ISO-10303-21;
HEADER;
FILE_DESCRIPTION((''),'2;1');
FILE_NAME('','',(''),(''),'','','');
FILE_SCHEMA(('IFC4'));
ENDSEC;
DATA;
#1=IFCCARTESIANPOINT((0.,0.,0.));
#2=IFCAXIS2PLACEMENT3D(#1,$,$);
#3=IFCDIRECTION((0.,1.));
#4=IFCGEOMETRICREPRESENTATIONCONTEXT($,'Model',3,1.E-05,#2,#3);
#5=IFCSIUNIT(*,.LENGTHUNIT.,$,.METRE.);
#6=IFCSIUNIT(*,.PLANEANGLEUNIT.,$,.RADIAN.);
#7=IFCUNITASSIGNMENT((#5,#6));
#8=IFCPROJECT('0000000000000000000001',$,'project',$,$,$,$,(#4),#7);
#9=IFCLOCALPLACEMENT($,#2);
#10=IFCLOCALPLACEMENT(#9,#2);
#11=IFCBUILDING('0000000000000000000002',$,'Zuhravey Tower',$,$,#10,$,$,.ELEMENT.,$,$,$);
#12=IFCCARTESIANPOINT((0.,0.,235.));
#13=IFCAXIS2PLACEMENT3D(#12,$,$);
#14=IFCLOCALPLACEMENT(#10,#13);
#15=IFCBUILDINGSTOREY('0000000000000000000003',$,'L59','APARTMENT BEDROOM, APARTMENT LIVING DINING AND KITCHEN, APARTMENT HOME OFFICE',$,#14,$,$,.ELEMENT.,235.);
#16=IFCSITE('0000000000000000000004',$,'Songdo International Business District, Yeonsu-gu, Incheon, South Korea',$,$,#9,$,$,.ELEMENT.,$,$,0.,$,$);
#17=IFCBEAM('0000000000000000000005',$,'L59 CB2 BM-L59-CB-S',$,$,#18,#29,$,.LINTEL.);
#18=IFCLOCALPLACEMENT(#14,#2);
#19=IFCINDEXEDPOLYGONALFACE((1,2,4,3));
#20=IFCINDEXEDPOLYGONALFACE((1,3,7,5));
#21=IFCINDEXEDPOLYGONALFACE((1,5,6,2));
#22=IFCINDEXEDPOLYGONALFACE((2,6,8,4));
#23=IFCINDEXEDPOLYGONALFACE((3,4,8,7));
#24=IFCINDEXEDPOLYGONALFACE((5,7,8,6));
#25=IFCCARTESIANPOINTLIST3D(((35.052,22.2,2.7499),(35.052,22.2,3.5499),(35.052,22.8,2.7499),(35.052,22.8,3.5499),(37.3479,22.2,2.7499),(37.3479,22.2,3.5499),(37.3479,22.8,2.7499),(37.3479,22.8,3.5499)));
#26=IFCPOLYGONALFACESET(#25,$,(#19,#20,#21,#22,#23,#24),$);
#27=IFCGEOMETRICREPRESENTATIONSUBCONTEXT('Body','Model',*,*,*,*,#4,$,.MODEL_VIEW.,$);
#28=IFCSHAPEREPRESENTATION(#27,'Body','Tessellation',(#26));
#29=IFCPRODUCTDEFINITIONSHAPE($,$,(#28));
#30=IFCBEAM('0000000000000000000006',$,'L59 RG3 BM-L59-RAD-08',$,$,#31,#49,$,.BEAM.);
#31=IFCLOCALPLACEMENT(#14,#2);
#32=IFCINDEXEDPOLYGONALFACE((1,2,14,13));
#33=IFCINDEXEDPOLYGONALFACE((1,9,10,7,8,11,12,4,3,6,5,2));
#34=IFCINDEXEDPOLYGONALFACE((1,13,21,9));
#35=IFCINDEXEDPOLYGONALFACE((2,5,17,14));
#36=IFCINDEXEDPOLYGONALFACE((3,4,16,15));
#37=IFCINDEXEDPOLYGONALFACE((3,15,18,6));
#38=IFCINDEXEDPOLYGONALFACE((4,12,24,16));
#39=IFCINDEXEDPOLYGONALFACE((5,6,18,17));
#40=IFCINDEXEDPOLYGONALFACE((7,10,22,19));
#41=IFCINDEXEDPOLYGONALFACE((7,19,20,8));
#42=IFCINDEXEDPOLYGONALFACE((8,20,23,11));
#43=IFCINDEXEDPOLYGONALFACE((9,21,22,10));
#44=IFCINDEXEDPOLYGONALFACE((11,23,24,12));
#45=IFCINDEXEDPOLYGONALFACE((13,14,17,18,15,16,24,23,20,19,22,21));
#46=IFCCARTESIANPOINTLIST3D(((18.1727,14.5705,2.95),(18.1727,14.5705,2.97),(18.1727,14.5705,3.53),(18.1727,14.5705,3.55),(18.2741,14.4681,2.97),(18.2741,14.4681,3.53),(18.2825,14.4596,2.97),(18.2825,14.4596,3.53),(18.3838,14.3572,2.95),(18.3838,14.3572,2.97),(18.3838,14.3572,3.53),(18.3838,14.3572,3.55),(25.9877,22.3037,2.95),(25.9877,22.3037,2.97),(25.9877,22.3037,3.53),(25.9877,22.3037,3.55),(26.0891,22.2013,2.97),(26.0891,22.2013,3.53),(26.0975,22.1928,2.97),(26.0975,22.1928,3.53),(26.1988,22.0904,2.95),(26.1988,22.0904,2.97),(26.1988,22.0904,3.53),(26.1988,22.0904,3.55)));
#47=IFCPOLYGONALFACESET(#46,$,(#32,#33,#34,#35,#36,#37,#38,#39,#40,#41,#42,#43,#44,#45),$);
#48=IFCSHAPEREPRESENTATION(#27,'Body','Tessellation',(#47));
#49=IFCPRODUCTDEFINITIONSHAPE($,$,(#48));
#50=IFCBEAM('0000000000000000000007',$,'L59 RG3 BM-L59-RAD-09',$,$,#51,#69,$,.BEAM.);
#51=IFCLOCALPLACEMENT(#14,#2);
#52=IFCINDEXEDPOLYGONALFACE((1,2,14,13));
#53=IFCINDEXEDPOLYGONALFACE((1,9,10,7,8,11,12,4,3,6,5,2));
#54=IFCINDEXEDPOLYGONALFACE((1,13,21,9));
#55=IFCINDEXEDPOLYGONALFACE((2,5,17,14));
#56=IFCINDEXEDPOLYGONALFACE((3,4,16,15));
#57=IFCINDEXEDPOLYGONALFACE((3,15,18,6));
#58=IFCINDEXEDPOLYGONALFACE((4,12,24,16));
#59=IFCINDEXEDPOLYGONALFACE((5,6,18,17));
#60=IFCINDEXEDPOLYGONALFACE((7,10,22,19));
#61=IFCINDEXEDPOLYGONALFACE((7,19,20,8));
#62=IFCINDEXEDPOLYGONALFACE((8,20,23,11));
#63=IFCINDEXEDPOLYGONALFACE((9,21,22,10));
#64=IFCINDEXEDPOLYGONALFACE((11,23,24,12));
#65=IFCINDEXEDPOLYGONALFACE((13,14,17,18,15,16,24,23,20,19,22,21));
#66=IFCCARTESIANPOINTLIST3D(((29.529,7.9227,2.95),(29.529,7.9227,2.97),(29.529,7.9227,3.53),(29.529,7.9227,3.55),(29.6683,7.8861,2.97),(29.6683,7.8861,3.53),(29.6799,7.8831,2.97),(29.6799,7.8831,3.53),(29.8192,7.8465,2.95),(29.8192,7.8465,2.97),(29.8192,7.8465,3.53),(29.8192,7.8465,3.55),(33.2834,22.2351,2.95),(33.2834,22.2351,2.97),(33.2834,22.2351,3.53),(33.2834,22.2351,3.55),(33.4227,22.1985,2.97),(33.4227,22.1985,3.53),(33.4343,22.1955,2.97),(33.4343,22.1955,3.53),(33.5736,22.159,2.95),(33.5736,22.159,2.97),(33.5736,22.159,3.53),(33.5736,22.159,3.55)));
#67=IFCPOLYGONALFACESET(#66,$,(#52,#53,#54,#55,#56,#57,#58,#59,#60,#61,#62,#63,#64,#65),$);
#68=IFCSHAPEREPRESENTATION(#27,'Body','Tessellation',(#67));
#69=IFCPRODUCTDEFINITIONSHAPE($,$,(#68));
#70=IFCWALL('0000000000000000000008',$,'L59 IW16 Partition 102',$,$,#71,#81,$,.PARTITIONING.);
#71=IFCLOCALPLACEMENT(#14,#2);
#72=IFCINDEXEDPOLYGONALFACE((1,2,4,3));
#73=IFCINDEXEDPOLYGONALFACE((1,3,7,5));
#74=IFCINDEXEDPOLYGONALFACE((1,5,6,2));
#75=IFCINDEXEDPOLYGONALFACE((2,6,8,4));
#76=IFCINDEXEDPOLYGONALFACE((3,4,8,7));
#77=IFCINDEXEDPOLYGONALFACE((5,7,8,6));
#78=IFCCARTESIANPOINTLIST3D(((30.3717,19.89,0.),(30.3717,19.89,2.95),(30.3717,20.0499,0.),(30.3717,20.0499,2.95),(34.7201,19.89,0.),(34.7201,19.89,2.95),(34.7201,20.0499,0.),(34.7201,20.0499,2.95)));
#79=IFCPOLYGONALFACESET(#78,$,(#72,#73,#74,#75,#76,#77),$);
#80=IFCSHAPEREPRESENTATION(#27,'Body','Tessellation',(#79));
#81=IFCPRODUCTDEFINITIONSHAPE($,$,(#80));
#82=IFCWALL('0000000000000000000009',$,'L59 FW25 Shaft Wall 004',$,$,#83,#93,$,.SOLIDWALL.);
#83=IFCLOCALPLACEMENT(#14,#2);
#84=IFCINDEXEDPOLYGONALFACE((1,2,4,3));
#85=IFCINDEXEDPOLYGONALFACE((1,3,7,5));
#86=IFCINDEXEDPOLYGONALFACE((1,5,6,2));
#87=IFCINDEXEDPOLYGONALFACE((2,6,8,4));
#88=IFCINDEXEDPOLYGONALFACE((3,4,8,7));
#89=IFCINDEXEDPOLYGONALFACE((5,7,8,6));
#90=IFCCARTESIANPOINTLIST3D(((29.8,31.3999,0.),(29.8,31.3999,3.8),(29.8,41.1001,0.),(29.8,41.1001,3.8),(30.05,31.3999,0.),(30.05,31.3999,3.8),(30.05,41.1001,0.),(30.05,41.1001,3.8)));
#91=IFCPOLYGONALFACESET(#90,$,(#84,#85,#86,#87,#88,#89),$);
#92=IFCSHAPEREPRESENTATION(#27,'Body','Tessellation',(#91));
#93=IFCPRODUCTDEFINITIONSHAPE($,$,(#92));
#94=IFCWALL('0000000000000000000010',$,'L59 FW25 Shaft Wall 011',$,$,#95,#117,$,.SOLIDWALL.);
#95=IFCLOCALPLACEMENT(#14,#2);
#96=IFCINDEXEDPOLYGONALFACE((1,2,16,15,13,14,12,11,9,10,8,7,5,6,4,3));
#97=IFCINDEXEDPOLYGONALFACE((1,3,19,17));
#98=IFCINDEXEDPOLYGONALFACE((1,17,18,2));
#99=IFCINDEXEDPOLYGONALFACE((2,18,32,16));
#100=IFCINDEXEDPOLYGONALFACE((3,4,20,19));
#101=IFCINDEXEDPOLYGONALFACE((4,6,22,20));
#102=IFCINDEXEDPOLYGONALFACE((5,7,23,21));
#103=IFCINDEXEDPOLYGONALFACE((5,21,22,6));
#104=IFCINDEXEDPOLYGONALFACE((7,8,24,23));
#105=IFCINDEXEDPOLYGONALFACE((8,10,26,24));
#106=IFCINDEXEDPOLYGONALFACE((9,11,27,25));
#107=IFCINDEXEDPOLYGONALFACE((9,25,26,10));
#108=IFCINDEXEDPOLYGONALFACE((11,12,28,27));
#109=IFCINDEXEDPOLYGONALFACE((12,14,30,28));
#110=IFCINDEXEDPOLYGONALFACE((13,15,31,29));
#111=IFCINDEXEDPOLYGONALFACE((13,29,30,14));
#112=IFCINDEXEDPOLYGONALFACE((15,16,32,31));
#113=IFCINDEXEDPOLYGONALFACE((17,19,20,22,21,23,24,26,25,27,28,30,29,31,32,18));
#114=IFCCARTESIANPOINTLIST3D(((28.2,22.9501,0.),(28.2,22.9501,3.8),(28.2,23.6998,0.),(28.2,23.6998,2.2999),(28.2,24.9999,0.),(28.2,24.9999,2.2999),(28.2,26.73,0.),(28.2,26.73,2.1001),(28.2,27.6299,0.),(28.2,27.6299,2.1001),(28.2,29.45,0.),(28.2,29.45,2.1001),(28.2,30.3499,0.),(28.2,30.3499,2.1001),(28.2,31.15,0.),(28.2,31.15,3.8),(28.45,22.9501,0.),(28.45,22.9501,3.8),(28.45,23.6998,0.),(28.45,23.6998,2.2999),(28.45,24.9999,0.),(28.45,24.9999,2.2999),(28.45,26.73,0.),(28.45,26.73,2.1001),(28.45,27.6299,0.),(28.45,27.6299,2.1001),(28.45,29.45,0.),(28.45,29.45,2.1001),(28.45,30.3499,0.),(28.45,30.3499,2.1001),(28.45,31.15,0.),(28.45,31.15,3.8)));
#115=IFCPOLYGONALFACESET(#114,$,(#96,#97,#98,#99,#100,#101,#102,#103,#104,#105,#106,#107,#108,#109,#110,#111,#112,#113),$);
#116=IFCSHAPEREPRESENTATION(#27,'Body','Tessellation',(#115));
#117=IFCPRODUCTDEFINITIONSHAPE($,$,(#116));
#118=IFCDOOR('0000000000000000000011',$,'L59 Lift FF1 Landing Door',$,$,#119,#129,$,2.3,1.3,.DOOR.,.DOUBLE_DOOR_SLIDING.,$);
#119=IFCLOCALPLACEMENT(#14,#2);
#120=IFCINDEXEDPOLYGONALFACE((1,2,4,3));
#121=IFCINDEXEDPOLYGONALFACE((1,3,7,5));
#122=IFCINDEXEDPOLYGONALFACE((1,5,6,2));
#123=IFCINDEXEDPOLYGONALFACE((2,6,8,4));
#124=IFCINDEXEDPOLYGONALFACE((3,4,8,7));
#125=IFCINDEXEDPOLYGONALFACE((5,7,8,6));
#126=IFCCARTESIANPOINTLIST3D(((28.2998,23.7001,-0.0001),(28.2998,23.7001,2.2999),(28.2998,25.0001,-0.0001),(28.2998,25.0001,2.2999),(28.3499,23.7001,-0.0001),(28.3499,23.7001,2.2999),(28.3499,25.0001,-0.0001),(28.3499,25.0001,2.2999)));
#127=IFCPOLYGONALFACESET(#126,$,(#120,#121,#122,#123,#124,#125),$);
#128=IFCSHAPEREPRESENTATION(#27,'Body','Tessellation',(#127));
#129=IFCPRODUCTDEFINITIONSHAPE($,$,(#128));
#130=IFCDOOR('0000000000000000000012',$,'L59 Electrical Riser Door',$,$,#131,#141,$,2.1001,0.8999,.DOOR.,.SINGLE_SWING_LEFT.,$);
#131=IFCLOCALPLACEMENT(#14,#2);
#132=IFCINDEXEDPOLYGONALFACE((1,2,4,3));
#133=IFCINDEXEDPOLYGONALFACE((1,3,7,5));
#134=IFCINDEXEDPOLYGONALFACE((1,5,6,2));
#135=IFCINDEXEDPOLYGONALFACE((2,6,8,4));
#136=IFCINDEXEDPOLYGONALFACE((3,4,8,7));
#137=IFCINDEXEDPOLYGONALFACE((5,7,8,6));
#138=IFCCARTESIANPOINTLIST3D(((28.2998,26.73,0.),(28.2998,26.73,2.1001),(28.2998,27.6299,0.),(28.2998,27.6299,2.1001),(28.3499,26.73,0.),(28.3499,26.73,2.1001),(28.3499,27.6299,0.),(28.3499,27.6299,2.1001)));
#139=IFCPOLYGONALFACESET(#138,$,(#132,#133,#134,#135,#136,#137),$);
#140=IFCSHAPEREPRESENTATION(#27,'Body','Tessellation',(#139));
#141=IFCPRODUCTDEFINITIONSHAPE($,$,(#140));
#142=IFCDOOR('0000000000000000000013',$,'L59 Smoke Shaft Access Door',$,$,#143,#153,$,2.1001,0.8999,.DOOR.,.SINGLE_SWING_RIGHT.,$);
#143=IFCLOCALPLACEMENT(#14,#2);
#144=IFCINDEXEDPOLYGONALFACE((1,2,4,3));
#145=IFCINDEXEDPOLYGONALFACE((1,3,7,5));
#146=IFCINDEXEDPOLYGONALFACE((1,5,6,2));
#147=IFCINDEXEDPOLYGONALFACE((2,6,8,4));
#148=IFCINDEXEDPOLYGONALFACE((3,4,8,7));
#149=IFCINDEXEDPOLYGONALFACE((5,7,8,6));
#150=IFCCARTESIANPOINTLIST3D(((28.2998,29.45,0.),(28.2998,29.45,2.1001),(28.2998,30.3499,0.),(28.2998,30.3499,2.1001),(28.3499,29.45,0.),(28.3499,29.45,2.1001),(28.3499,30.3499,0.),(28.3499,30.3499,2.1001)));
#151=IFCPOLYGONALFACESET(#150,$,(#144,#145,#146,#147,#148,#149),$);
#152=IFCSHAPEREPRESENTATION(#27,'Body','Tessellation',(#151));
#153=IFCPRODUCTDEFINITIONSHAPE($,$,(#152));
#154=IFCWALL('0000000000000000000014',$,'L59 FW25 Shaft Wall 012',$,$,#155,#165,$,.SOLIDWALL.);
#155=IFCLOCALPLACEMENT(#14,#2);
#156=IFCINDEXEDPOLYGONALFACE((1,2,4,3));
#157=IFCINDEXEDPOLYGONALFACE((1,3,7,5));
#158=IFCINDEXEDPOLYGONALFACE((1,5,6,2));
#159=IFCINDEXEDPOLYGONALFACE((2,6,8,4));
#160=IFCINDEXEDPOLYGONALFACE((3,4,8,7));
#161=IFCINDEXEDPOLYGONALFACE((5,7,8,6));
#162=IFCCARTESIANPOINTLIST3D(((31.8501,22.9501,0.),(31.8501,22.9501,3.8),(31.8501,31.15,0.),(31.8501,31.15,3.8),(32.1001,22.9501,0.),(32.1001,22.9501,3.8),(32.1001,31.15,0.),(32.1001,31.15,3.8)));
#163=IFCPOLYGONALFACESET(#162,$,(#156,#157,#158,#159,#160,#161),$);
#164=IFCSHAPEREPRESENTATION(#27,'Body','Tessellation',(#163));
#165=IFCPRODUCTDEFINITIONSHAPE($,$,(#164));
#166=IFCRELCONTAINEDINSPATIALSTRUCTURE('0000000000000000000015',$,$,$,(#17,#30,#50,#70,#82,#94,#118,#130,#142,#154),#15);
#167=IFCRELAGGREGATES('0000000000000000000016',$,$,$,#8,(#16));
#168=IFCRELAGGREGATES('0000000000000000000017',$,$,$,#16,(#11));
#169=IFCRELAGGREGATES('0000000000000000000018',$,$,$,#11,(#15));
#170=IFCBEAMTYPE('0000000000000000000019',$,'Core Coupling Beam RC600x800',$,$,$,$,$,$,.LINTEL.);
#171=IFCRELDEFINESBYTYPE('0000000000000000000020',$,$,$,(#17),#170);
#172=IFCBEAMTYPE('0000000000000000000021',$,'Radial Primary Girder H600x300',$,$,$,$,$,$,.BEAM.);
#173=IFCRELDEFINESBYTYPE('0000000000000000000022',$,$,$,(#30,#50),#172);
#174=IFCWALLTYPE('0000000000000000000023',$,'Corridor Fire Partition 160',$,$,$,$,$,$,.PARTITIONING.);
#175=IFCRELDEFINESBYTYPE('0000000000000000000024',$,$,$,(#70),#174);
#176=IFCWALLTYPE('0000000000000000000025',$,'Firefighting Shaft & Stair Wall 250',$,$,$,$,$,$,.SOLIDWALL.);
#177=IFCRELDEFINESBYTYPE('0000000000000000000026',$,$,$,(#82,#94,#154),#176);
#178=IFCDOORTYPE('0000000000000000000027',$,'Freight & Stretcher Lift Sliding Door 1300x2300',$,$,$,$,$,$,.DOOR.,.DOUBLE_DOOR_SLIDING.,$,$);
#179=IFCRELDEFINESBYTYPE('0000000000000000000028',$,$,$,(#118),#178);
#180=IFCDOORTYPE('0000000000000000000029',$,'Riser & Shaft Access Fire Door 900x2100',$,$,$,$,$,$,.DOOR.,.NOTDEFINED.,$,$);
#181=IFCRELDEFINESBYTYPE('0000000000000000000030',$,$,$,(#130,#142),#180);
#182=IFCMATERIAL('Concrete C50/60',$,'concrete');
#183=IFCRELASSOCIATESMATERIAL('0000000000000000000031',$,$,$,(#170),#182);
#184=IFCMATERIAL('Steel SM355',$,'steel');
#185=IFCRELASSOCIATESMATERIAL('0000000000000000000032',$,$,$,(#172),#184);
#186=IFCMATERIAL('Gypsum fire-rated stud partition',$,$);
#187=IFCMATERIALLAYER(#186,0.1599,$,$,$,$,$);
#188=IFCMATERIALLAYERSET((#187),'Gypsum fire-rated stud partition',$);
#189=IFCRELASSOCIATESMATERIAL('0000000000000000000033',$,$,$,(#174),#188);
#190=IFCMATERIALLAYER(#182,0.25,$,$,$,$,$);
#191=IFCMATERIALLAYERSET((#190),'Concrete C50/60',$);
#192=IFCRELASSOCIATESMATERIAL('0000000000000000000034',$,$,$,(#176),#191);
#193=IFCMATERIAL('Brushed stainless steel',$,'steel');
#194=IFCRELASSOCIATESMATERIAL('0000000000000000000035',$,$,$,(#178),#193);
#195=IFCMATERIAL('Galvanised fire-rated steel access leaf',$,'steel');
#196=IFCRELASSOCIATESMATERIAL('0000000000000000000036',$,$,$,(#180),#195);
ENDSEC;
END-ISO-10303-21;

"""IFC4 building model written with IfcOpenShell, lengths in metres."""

from ifc_helpers import new_model, si_unit, direction, frame, frame_2d, origin, origin_2d, place, context, subcontext, project, spatial, rectangle, i_section, extrude, material, layer, layer_set, material_profile, profile_set, type_object, element, fill, save


model = new_model("IFC4")

# Units and contexts
model_context = context("Model", 3, precision=1e-05, world=origin(), true_north=direction((0.0, 1.0)))
body_context = subcontext(model_context, "Body", "Model", "MODEL_VIEW")
ifc_project = project(units=[si_unit("LENGTHUNIT", "METRE"), si_unit("PLANEANGLEUNIT", "RADIAN")], contexts=[model_context])

# Site, building, storey
site_placement = place(None, origin())
site = spatial("IfcSite", under=ifc_project, at=site_placement, Name="Songdo International Business District, Yeonsu-gu, Incheon, South Korea", CompositionType="ELEMENT", RefElevation=0.0)
building_placement = place(site_placement, origin())
building = spatial("IfcBuilding", under=site, at=building_placement, Name="Zuhravey Tower", CompositionType="ELEMENT")
storey_placement = place(building_placement, frame((0.0, 0.0, 235.0)))
storey = spatial("IfcBuildingStorey", under=building, at=storey_placement, Name="L59", Description="APARTMENT BEDROOM, APARTMENT LIVING DINING AND KITCHEN, APARTMENT HOME OFFICE", CompositionType="ELEMENT", Elevation=235.0)

# Beams
ifc_material_1 = material(Name="Concrete C50/60", Category="concrete")
ifc_material_profile_1 = material_profile(ifc_material_1, rectangle(XDim=0.6001, YDim=0.8, at=origin_2d()), Name="RC-600x800")
ifc_profile_set_1 = profile_set([ifc_material_profile_1], Name="Concrete C50/60")
beam_type_1 = type_object("IfcBeamType", Name="Core Coupling Beam RC600x800", PredefinedType="LINTEL", material=ifc_profile_set_1)
beam_1_placement = place(storey_placement, frame((35.052, 22.5, 3.1499), z_axis=(1.0, 0.0, 0.0), x_axis=(0.0, 1.0, 0.0)))
element("IfcBeam", 1, at=beam_1_placement, inside=storey, type_object=beam_type_1, Name="L59 CB2 BM-L59-CB-S", PredefinedType="LINTEL", context=body_context, shape_type="SweptSolid", body=[
    extrude(rectangle(XDim=0.6001, YDim=0.8, at=origin_2d()), origin(), (0.0, 0.0, 1.0), 2.2959),
])
ifc_material_2 = material(Name="Steel SM355", Category="steel")
ifc_material_profile_2 = material_profile(ifc_material_2, i_section(OverallWidth=0.3, OverallDepth=0.6001, WebThickness=0.012, FlangeThickness=0.02, at=origin_2d()), Name="H-600x300x12x20")
ifc_profile_set_2 = profile_set([ifc_material_profile_2], Name="Steel SM355")
beam_type_2 = type_object("IfcBeamType", Name="Radial Primary Girder H600x300", PredefinedType="BEAM", material=ifc_profile_set_2)
beam_2_placement = place(storey_placement, frame((26.0933, 22.197, 3.25), z_axis=(-0.710817, -0.703377, 0.0), x_axis=(0.703377, -0.710817, 0.0)))
element("IfcBeam", 2, at=beam_2_placement, inside=storey, type_object=beam_type_2, Name="L59 RG3 BM-L59-RAD-08", PredefinedType="BEAM", context=body_context, shape_type="SweptSolid", body=[
    extrude(i_section(OverallWidth=0.3, OverallDepth=0.6001, WebThickness=0.012, FlangeThickness=0.02, at=origin_2d()), origin(), (0.0, 0.0, 1.0), 10.9944),
])
beam_3_placement = place(storey_placement, frame((33.4285, 22.197, 3.25), z_axis=(-0.253731, -0.967275, 0.0), x_axis=(0.967275, -0.253731, 0.0)))
element("IfcBeam", 3, at=beam_3_placement, inside=storey, type_object=beam_type_2, Name="L59 RG3 BM-L59-RAD-09", PredefinedType="BEAM", context=body_context, shape_type="SweptSolid", body=[
    extrude(i_section(OverallWidth=0.3, OverallDepth=0.6001, WebThickness=0.012, FlangeThickness=0.02, at=origin_2d()), origin(), (0.0, 0.0, 1.0), 14.7966),
])

# Wall
ifc_material_3 = material(Name="Gypsum fire-rated stud partition")
ifc_layer_1 = layer(ifc_material_3, 0.1599)
ifc_layer_set_1 = layer_set([ifc_layer_1], Name="Gypsum fire-rated stud partition")
wall_type_1 = type_object("IfcWallType", Name="Corridor Fire Partition 160", PredefinedType="PARTITIONING", material=ifc_layer_set_1)
wall_1_placement = place(storey_placement, frame((30.3716, 19.97, 0.0), z_axis=(0.0, 0.0, 1.0), x_axis=(1.0, 0.0, 0.0)))
element("IfcWall", 4, at=wall_1_placement, inside=storey, type_object=wall_type_1, Name="L59 IW16 Partition 102", PredefinedType="PARTITIONING", context=body_context, shape_type="SweptSolid", body=[
    extrude(rectangle(XDim=4.3484, YDim=0.1599, at=frame_2d((2.1743, 0.0))), origin(), (0.0, 0.0, 1.0), 2.95),
])

# Shared definitions
ifc_layer_2 = layer(ifc_material_1, 0.25)
ifc_layer_set_2 = layer_set([ifc_layer_2], Name="Concrete C50/60")
wall_type_2 = type_object("IfcWallType", Name="Firefighting Shaft & Stair Wall 250", PredefinedType="SOLIDWALL", material=ifc_layer_set_2)

# Wall
wall_2_placement = place(storey_placement, frame((29.925, 31.3999, 0.0), z_axis=(0.0, 0.0, 1.0), x_axis=(0.0, 1.0, 0.0)))
element("IfcWall", 5, at=wall_2_placement, inside=storey, type_object=wall_type_2, Name="L59 FW25 Shaft Wall 004", PredefinedType="SOLIDWALL", context=body_context, shape_type="SweptSolid", body=[
    extrude(rectangle(XDim=9.7002, YDim=0.25, at=frame_2d((4.8501, 0.0))), origin(), (0.0, 0.0, 1.0), 3.8),
])

# Wall, openings, doors
wall_3_placement = place(storey_placement, frame((28.325, 22.95, 0.0), z_axis=(0.0, 0.0, 1.0), x_axis=(0.0, 1.0, 0.0)))
wall_3 = element("IfcWall", 6, at=wall_3_placement, inside=storey, type_object=wall_type_2, Name="L59 FW25 Shaft Wall 011", PredefinedType="SOLIDWALL", context=body_context, shape_type="SweptSolid", body=[
    extrude(rectangle(XDim=8.2, YDim=0.25, at=frame_2d((4.1001, 0.0))), origin(), (0.0, 0.0, 1.0), 3.8),
])
opening_1_placement = place(wall_3_placement, frame((0.75, 0.0, 0.0)))
opening_1 = element("IfcOpeningElement", 7, at=opening_1_placement, cuts=wall_3, PredefinedType="OPENING", context=body_context, shape_type="SweptSolid", body=[
    extrude(rectangle(XDim=1.3, YDim=2.3, at=frame_2d((0.6499, 1.1499))), frame((0.0, 0.137, 0.0), z_axis=(0.0, -1.0, 0.0), x_axis=(1.0, 0.0, 0.0)), (0.0, 0.0, 1.0), 0.2739),
])
opening_2_placement = place(wall_3_placement, frame((3.78, 0.0, 0.0)))
opening_2 = element("IfcOpeningElement", 8, at=opening_2_placement, cuts=wall_3, PredefinedType="OPENING", context=body_context, shape_type="SweptSolid", body=[
    extrude(rectangle(XDim=0.8999, YDim=2.1001, at=frame_2d((0.45, 1.05))), frame((0.0, 0.137, 0.0), z_axis=(0.0, -1.0, 0.0), x_axis=(1.0, 0.0, 0.0)), (0.0, 0.0, 1.0), 0.2739),
])
opening_3_placement = place(wall_3_placement, frame((6.5, 0.0, 0.0)))
opening_3 = element("IfcOpeningElement", 9, at=opening_3_placement, cuts=wall_3, PredefinedType="OPENING", context=body_context, shape_type="SweptSolid", body=[
    extrude(rectangle(XDim=0.8999, YDim=2.1001, at=frame_2d((0.45, 1.05))), frame((0.0, 0.137, 0.0), z_axis=(0.0, -1.0, 0.0), x_axis=(1.0, 0.0, 0.0)), (0.0, 0.0, 1.0), 0.2739),
])
ifc_material_4 = material(Name="Brushed stainless steel", Category="steel")
door_type_1 = type_object("IfcDoorType", Name="Freight & Stretcher Lift Sliding Door 1300x2300", OperationType="DOUBLE_DOOR_SLIDING", PredefinedType="DOOR", material=ifc_material_4)
door_1_placement = place(opening_1_placement, frame((1.3, 0.0, 0.0), z_axis=(0.0, 0.0, 1.0), x_axis=(-1.0, 0.0, 0.0)))
door_1 = element("IfcDoor", 10, at=door_1_placement, inside=storey, type_object=door_type_1, Name="L59 Lift FF1 Landing Door", OperationType="DOUBLE_DOOR_SLIDING", OverallHeight=2.3, OverallWidth=1.3, PredefinedType="DOOR", context=body_context, shape_type="SweptSolid", body=[
    extrude(rectangle(XDim=1.3, YDim=2.3, at=frame_2d((0.6499, 1.1499))), frame((0.0, 0.0249, 0.0), z_axis=(0.0, -1.0, 0.0), x_axis=(1.0, 0.0, 0.0)), (0.0, 0.0, 1.0), 0.05),
])
fill(opening_1, door_1)
ifc_material_5 = material(Name="Galvanised fire-rated steel access leaf", Category="steel")
door_type_2 = type_object("IfcDoorType", Name="Riser & Shaft Access Fire Door 900x2100", OperationType="NOTDEFINED", PredefinedType="DOOR", material=ifc_material_5)
door_2_placement = place(opening_2_placement, frame((0.8999, 0.0, 0.0), z_axis=(0.0, 0.0, 1.0), x_axis=(-1.0, 0.0, 0.0)))
door_2 = element("IfcDoor", 11, at=door_2_placement, inside=storey, type_object=door_type_2, Name="L59 Electrical Riser Door", OperationType="SINGLE_SWING_LEFT", OverallHeight=2.1001, OverallWidth=0.8999, PredefinedType="DOOR", context=body_context, shape_type="SweptSolid", body=[
    extrude(rectangle(XDim=0.8999, YDim=2.1001, at=frame_2d((0.45, 1.05))), frame((0.0, 0.0249, 0.0), z_axis=(0.0, -1.0, 0.0), x_axis=(1.0, 0.0, 0.0)), (0.0, 0.0, 1.0), 0.05),
])
fill(opening_2, door_2)
door_3_placement = place(opening_3_placement, frame((0.8999, 0.0, 0.0), z_axis=(0.0, 0.0, 1.0), x_axis=(-1.0, 0.0, 0.0)))
door_3 = element("IfcDoor", 12, at=door_3_placement, inside=storey, type_object=door_type_2, Name="L59 Smoke Shaft Access Door", OperationType="SINGLE_SWING_RIGHT", OverallHeight=2.1001, OverallWidth=0.8999, PredefinedType="DOOR", context=body_context, shape_type="SweptSolid", body=[
    extrude(rectangle(XDim=0.8999, YDim=2.1001, at=frame_2d((0.45, 1.05))), frame((0.0, 0.0249, 0.0), z_axis=(0.0, -1.0, 0.0), x_axis=(1.0, 0.0, 0.0)), (0.0, 0.0, 1.0), 0.05),
])
fill(opening_3, door_3)

# Wall
wall_4_placement = place(storey_placement, frame((31.9751, 22.95, 0.0), z_axis=(0.0, 0.0, 1.0), x_axis=(0.0, 1.0, 0.0)))
element("IfcWall", 13, at=wall_4_placement, inside=storey, type_object=wall_type_2, Name="L59 FW25 Shaft Wall 012", PredefinedType="SOLIDWALL", context=body_context, shape_type="SweptSolid", body=[
    extrude(rectangle(XDim=8.2, YDim=0.25, at=frame_2d((4.1001, 0.0))), origin(), (0.0, 0.0, 1.0), 3.8),
])

save(model, "model.ifc")
